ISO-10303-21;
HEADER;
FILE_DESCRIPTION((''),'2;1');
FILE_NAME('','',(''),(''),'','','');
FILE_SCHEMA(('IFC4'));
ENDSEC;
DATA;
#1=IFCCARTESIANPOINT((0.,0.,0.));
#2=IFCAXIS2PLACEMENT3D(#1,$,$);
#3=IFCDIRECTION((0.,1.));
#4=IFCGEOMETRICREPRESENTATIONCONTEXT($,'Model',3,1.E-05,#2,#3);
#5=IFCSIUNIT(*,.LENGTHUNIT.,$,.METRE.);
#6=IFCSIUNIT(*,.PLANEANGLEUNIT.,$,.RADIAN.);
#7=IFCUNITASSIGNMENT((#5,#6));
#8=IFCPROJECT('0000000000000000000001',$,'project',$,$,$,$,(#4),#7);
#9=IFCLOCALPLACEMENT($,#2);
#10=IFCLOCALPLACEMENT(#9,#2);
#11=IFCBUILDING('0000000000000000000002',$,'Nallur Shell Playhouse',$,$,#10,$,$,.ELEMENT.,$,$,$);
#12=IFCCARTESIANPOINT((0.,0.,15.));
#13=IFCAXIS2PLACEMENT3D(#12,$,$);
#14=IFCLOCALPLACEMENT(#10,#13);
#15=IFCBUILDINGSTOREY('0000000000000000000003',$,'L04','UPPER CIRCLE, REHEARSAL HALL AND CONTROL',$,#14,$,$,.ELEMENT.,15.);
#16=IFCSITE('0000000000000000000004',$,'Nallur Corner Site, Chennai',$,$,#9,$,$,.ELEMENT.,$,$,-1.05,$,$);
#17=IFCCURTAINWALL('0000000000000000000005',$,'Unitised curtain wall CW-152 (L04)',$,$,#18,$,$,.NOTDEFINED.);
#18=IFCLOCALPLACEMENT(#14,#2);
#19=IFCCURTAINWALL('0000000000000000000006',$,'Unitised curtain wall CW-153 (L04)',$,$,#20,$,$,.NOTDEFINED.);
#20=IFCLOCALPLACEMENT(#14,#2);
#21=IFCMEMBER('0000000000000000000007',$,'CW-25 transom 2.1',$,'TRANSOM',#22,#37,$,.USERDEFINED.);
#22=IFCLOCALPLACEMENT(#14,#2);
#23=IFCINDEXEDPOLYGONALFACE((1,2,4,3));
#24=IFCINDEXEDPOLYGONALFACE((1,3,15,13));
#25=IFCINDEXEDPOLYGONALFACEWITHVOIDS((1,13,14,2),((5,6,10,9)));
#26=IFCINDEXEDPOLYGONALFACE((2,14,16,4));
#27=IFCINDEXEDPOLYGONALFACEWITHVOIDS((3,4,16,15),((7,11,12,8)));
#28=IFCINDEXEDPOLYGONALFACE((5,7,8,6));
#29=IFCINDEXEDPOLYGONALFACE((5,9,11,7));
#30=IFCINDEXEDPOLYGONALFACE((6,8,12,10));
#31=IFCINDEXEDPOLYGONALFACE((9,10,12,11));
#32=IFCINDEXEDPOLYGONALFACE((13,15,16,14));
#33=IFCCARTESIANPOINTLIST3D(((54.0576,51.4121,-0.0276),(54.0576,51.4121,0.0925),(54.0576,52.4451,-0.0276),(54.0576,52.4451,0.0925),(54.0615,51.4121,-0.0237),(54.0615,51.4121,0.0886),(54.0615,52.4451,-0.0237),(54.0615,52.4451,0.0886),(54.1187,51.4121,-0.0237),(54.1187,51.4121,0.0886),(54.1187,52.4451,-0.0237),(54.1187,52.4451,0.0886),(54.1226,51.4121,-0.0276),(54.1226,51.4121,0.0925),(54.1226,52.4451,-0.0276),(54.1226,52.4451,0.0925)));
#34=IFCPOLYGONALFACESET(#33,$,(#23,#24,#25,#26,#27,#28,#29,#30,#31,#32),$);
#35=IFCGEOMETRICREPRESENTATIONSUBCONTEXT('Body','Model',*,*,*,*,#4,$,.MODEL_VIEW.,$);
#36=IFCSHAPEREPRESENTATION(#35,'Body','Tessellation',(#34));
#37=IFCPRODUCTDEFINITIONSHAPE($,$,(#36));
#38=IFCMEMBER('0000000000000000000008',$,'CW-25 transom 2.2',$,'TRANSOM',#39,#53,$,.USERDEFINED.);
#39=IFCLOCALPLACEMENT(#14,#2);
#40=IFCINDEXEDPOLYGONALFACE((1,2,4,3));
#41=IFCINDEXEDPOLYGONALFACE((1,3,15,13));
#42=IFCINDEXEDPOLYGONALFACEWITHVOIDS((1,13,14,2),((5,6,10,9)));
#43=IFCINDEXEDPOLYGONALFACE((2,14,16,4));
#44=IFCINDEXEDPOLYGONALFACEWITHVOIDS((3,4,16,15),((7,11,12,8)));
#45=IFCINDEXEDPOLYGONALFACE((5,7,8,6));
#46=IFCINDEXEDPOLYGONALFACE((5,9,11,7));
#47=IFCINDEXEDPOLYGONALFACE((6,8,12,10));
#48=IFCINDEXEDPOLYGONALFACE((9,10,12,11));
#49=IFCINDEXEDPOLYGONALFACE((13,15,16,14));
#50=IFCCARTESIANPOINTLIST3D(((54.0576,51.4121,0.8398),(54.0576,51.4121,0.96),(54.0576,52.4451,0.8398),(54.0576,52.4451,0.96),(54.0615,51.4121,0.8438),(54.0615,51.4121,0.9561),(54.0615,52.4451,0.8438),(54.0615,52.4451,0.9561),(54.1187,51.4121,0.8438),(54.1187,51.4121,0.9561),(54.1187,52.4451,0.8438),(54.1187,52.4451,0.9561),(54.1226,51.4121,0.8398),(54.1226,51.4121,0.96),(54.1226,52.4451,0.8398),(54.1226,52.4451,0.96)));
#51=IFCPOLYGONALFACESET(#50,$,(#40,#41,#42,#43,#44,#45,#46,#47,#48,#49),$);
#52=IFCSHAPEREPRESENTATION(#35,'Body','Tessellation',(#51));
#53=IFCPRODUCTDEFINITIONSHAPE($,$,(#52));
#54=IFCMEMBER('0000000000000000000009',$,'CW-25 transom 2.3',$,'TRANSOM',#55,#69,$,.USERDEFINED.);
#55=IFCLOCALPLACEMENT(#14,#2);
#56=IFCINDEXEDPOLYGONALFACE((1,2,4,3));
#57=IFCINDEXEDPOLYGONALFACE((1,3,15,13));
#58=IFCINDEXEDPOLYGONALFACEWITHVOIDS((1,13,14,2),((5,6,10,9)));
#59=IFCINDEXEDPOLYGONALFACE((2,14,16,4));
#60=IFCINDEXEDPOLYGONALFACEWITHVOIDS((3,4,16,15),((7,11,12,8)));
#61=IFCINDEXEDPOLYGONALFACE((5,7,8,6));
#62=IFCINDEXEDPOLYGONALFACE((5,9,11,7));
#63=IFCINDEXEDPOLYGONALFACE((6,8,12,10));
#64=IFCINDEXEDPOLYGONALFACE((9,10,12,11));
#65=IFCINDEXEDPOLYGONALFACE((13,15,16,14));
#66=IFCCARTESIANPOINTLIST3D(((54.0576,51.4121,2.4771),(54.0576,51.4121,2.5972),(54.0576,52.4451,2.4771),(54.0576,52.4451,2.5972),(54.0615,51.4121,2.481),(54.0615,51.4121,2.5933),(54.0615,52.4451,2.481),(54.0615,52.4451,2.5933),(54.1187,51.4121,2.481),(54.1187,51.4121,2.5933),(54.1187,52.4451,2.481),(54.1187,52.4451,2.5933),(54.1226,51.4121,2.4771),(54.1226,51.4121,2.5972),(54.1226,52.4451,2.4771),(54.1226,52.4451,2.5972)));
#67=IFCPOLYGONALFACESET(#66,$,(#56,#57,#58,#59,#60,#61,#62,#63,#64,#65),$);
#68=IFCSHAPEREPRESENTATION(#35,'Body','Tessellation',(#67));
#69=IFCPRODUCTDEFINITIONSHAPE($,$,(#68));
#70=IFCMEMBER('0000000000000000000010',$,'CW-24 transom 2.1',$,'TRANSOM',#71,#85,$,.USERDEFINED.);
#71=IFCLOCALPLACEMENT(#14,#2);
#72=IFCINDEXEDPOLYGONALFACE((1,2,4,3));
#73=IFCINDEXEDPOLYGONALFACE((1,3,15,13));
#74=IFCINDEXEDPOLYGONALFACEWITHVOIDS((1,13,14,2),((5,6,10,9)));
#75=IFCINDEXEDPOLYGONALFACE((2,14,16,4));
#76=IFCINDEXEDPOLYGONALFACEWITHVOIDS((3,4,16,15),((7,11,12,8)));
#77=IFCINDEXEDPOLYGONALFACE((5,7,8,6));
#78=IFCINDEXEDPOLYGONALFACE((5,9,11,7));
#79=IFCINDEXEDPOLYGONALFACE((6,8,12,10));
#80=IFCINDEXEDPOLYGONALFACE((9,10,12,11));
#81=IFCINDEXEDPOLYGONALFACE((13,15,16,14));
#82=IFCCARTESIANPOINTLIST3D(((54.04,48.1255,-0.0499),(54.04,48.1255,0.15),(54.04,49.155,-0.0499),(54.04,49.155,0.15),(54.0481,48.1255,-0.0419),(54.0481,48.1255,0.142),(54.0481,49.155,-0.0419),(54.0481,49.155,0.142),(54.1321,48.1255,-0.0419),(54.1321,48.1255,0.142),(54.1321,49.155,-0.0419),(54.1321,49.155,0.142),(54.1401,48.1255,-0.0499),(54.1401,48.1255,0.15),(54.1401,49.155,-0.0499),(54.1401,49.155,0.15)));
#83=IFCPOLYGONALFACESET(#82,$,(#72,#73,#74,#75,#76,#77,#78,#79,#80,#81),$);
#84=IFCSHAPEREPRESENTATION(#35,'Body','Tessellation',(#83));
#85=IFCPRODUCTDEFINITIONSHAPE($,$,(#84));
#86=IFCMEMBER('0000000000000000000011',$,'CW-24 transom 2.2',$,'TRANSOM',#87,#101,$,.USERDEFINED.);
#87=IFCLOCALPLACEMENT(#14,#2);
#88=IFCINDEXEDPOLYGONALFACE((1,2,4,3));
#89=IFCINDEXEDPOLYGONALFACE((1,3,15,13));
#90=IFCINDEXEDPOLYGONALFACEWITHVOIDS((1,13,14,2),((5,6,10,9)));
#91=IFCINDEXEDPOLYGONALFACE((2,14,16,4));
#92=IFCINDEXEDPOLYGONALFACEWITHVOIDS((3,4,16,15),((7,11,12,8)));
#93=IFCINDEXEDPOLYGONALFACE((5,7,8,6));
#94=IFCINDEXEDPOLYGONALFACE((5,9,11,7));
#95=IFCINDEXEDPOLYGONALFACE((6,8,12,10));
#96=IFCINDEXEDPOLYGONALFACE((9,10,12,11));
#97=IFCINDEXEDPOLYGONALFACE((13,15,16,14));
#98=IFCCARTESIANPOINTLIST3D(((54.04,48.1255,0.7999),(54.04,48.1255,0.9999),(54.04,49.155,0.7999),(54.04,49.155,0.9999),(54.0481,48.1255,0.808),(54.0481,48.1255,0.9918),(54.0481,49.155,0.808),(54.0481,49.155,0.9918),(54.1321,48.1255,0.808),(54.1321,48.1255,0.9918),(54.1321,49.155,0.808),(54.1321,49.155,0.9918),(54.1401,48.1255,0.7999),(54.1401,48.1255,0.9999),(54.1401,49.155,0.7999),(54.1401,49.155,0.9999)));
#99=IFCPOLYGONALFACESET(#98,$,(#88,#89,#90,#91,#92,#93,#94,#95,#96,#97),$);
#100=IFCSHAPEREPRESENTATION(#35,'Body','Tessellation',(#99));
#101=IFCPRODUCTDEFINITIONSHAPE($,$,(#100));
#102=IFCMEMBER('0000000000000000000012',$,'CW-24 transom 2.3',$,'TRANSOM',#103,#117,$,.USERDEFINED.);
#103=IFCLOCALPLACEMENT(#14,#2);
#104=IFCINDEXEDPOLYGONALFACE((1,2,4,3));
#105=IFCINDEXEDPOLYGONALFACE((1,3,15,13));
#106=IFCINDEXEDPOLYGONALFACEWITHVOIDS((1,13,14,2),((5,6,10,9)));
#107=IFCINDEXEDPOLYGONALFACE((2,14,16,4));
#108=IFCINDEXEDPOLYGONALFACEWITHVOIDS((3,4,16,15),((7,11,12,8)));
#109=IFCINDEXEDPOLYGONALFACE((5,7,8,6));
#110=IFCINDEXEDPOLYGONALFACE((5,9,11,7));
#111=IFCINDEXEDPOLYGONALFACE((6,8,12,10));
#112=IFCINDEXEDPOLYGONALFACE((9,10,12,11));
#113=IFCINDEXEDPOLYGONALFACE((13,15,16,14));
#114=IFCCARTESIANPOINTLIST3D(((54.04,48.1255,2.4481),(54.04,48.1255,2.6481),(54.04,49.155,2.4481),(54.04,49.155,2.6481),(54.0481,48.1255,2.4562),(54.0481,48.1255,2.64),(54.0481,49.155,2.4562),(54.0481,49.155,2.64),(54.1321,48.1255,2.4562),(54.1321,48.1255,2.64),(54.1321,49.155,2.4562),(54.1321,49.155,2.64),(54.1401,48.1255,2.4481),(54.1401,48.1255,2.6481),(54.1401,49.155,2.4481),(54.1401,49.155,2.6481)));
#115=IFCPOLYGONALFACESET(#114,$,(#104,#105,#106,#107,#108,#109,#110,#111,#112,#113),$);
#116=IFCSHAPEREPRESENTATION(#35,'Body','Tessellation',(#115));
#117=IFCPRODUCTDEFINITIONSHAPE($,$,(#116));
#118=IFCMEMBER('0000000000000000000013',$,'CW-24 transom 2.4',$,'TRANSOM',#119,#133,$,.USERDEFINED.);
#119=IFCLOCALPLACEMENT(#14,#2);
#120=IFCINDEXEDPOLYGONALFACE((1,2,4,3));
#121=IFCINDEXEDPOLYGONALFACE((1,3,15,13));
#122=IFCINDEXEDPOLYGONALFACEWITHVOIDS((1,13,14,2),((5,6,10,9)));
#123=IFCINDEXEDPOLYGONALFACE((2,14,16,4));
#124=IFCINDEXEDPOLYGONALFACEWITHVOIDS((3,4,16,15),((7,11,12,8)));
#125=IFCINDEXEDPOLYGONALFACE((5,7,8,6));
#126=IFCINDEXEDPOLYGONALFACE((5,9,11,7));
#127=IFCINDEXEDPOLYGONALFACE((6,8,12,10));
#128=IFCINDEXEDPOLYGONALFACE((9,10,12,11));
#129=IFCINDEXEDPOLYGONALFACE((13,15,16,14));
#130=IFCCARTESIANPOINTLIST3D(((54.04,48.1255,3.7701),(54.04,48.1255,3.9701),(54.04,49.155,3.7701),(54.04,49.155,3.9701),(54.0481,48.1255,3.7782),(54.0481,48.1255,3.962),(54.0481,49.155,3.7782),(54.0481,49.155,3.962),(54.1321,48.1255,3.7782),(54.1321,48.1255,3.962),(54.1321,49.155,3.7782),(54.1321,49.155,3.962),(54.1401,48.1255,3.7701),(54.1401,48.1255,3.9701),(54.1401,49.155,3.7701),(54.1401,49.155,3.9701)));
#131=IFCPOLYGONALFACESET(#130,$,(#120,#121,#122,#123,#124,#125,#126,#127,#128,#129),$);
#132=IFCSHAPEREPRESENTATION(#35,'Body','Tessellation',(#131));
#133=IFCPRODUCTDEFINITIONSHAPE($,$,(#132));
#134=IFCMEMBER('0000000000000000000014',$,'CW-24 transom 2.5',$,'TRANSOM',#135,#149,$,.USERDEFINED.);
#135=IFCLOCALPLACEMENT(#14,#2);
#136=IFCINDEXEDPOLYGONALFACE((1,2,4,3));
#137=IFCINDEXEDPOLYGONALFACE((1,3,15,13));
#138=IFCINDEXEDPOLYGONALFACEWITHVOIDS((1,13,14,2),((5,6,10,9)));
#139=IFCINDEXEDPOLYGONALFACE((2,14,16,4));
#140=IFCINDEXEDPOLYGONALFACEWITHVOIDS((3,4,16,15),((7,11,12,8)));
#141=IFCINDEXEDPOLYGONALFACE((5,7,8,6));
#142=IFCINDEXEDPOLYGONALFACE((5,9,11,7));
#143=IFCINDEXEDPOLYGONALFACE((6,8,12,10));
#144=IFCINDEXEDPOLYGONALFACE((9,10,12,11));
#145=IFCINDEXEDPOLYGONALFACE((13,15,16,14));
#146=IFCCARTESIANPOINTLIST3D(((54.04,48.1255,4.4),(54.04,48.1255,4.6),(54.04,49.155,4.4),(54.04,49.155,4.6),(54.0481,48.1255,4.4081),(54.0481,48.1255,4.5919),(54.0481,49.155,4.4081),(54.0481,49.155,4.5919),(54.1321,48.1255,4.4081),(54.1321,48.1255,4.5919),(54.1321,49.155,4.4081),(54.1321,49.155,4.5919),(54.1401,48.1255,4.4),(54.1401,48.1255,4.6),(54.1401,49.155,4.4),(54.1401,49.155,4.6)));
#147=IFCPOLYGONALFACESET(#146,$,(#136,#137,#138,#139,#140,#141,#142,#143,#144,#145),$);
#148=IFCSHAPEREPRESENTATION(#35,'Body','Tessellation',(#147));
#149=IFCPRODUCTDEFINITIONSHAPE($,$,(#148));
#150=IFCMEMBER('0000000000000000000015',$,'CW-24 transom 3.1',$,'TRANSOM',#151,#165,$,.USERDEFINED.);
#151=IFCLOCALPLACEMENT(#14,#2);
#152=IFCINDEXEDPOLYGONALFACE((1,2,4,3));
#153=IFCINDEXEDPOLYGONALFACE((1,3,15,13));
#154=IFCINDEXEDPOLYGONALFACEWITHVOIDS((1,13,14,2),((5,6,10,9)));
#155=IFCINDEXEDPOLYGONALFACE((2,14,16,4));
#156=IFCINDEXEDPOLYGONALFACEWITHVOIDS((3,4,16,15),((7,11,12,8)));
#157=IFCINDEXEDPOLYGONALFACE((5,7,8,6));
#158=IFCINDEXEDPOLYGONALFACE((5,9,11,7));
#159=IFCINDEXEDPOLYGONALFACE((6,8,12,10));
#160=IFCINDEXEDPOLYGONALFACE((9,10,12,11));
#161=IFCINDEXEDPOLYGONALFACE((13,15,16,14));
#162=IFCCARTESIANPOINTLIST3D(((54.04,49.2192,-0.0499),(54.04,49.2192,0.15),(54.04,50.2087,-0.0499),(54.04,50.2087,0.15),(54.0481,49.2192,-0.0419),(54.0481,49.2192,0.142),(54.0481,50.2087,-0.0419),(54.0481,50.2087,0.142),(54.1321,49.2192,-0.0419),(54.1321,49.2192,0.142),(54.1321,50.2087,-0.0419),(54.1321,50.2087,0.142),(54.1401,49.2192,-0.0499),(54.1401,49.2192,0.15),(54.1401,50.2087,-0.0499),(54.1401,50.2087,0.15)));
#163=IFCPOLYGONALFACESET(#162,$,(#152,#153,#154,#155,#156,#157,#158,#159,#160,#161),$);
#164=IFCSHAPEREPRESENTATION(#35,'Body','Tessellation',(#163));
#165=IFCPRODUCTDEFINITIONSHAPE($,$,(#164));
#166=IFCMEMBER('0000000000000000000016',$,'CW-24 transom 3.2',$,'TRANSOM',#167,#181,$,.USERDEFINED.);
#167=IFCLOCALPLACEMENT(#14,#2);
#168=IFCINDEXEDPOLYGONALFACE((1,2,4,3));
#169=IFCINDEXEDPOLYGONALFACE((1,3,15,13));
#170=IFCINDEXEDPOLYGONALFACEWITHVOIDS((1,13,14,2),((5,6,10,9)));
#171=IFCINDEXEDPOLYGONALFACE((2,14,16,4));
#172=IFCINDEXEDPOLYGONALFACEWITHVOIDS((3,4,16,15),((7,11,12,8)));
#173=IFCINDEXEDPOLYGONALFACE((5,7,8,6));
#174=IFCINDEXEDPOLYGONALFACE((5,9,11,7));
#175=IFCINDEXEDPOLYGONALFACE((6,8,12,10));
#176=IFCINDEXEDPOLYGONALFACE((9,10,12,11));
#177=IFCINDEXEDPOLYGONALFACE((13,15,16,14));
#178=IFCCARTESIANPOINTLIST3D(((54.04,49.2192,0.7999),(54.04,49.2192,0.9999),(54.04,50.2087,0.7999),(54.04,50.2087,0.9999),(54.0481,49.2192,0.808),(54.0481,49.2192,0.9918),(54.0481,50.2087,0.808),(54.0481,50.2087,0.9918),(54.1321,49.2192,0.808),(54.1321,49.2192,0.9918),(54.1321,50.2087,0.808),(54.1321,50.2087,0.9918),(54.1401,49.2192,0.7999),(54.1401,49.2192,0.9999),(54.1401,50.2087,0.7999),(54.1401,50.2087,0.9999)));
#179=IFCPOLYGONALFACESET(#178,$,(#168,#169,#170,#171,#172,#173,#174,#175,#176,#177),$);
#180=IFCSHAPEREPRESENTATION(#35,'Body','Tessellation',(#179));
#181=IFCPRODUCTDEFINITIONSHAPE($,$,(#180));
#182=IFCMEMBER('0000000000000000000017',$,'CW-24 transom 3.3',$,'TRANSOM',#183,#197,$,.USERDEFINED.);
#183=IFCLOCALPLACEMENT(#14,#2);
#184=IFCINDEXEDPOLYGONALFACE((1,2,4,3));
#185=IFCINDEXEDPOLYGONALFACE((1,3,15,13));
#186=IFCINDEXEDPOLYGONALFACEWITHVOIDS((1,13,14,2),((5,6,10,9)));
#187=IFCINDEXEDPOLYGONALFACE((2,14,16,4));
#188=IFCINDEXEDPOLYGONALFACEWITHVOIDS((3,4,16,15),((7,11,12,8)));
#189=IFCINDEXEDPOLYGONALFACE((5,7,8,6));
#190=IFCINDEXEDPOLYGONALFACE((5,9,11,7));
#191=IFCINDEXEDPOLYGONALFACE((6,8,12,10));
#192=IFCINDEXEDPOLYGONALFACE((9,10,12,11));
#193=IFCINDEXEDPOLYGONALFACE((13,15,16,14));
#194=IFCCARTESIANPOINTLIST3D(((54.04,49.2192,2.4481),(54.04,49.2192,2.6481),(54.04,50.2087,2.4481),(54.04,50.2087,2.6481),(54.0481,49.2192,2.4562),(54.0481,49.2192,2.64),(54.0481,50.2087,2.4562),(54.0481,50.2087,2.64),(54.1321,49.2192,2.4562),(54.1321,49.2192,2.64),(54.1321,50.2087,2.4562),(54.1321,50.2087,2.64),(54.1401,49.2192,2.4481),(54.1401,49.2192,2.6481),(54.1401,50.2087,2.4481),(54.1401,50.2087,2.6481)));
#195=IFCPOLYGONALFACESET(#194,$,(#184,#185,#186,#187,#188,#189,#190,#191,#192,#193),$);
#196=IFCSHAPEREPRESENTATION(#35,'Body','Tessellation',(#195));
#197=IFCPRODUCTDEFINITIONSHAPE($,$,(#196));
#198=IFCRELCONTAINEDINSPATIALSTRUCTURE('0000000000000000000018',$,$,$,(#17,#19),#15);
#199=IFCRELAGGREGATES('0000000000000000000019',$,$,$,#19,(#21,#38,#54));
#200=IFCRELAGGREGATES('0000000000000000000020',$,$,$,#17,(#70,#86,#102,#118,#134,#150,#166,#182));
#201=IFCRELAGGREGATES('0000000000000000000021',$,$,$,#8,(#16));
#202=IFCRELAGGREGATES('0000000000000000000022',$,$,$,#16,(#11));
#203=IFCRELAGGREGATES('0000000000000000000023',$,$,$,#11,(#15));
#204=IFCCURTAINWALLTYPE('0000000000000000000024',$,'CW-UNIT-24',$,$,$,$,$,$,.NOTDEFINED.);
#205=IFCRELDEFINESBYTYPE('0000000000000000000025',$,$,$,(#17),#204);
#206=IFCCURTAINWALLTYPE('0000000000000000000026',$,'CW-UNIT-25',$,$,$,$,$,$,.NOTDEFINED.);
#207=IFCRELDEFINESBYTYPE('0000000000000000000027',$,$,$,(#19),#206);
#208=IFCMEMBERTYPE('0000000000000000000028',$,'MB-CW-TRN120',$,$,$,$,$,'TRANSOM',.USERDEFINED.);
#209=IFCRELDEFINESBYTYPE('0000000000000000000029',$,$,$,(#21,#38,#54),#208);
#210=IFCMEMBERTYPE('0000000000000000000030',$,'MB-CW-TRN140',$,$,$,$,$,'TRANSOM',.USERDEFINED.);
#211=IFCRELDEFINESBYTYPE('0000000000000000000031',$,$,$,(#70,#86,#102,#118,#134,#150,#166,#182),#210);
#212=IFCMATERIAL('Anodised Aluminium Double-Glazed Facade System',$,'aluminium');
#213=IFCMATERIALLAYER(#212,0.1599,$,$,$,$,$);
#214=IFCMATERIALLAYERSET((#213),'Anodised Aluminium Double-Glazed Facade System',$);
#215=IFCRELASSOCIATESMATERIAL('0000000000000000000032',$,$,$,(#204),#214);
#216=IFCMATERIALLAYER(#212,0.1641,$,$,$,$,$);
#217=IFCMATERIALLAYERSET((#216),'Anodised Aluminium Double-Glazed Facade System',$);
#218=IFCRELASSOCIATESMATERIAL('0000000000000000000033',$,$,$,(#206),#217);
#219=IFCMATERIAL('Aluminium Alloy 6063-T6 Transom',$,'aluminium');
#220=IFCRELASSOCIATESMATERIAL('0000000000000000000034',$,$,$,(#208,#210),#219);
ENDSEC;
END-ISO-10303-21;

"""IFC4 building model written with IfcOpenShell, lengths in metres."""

from ifc_helpers import new_model, si_unit, direction, frame, origin, origin_2d, place, context, subcontext, project, spatial, hollow_rectangle, extrude, material, layer, layer_set, material_profile, profile_set, type_object, element, aggregate, save


model = new_model("IFC4")

# Units and contexts
model_context = context("Model", 3, precision=1e-05, world=origin(), true_north=direction((0.0, 1.0)))
body_context = subcontext(model_context, "Body", "Model", "MODEL_VIEW")
ifc_project = project(units=[si_unit("LENGTHUNIT", "METRE"), si_unit("PLANEANGLEUNIT", "RADIAN")], contexts=[model_context])

# Site, building, storey
site_placement = place(None, origin())
site = spatial("IfcSite", under=ifc_project, at=site_placement, Name="Nallur Corner Site, Chennai", CompositionType="ELEMENT", RefElevation=-1.05)
building_placement = place(site_placement, origin())
building = spatial("IfcBuilding", under=site, at=building_placement, Name="Nallur Shell Playhouse", CompositionType="ELEMENT")
storey_placement = place(building_placement, frame((0.0, 0.0, 15.0)))
storey = spatial("IfcBuildingStorey", under=building, at=storey_placement, Name="L04", Description="UPPER CIRCLE, REHEARSAL HALL AND CONTROL", CompositionType="ELEMENT", Elevation=15.0)

# Curtain walls, members
ifc_material_1 = material(Name="Anodised Aluminium Double-Glazed Facade System", Category="aluminium")
ifc_layer_1 = layer(ifc_material_1, 0.1599)
ifc_layer_set_1 = layer_set([ifc_layer_1], Name="Anodised Aluminium Double-Glazed Facade System")
curtain_wall_type_1 = type_object("IfcCurtainWallType", Name="CW-UNIT-24", PredefinedType="NOTDEFINED", material=ifc_layer_set_1)
curtain_wall_1_placement = place(storey_placement, origin())
curtain_wall_1 = element("IfcCurtainWall", 1, at=curtain_wall_1_placement, inside=storey, type_object=curtain_wall_type_1, Name="Unitised curtain wall CW-152 (L04)", PredefinedType="NOTDEFINED")
ifc_layer_2 = layer(ifc_material_1, 0.1641)
ifc_layer_set_2 = layer_set([ifc_layer_2], Name="Anodised Aluminium Double-Glazed Facade System")
curtain_wall_type_2 = type_object("IfcCurtainWallType", Name="CW-UNIT-25", PredefinedType="NOTDEFINED", material=ifc_layer_set_2)
curtain_wall_2_placement = place(storey_placement, origin())
curtain_wall_2 = element("IfcCurtainWall", 2, at=curtain_wall_2_placement, inside=storey, type_object=curtain_wall_type_2, Name="Unitised curtain wall CW-153 (L04)", PredefinedType="NOTDEFINED")
ifc_material_2 = material(Name="Aluminium Alloy 6063-T6 Transom", Category="aluminium")
ifc_material_profile_1 = material_profile(ifc_material_2, hollow_rectangle(XDim=0.0649, YDim=0.1201, WallThickness=0.0039, at=origin_2d()), Name="ALU 65x120x4")
ifc_profile_set_1 = profile_set([ifc_material_profile_1], Name="Aluminium Alloy 6063-T6 Transom")
member_type_1 = type_object("IfcMemberType", Name="MB-CW-TRN120", ElementType="TRANSOM", PredefinedType="USERDEFINED", material=ifc_profile_set_1)
member_1_placement = place(storey_placement, frame((54.0901, 51.4121, 0.0325), z_axis=(0.0, 1.0, 0.0), x_axis=(-1.0, 0.0, 0.0)))
member_1 = element("IfcMember", 3, at=member_1_placement, type_object=member_type_1, Name="CW-25 transom 2.1", ObjectType="TRANSOM", PredefinedType="USERDEFINED", context=body_context, shape_type="SweptSolid", body=[
    extrude(hollow_rectangle(XDim=0.0649, YDim=0.1201, WallThickness=0.0039, at=origin_2d()), origin(), (0.0, 0.0, 1.0), 1.033),
])
member_2_placement = place(storey_placement, frame((54.0901, 51.4121, 0.8999), z_axis=(0.0, 1.0, 0.0), x_axis=(-1.0, 0.0, 0.0)))
member_2 = element("IfcMember", 4, at=member_2_placement, type_object=member_type_1, Name="CW-25 transom 2.2", ObjectType="TRANSOM", PredefinedType="USERDEFINED", context=body_context, shape_type="SweptSolid", body=[
    extrude(hollow_rectangle(XDim=0.0649, YDim=0.1201, WallThickness=0.0039, at=origin_2d()), origin(), (0.0, 0.0, 1.0), 1.033),
])
member_3_placement = place(storey_placement, frame((54.0901, 51.4121, 2.5371), z_axis=(0.0, 1.0, 0.0), x_axis=(-1.0, 0.0, 0.0)))
member_3 = element("IfcMember", 5, at=member_3_placement, type_object=member_type_1, Name="CW-25 transom 2.3", ObjectType="TRANSOM", PredefinedType="USERDEFINED", context=body_context, shape_type="SweptSolid", body=[
    extrude(hollow_rectangle(XDim=0.0649, YDim=0.1201, WallThickness=0.0039, at=origin_2d()), origin(), (0.0, 0.0, 1.0), 1.033),
])

# Members
ifc_material_profile_2 = material_profile(ifc_material_2, hollow_rectangle(XDim=0.1001, YDim=0.2, WallThickness=0.0081, at=origin_2d()), Name="RHS 200x100x8")
ifc_profile_set_2 = profile_set([ifc_material_profile_2], Name="Aluminium Alloy 6063-T6 Transom")
member_type_2 = type_object("IfcMemberType", Name="MB-CW-TRN140", ElementType="TRANSOM", PredefinedType="USERDEFINED", material=ifc_profile_set_2)
member_4_placement = place(storey_placement, frame((54.0901, 48.1255, 0.05), z_axis=(0.0, 1.0, 0.0), x_axis=(-1.0, 0.0, 0.0)))
member_4 = element("IfcMember", 6, at=member_4_placement, type_object=member_type_2, Name="CW-24 transom 2.1", ObjectType="TRANSOM", PredefinedType="USERDEFINED", context=body_context, shape_type="SweptSolid", body=[
    extrude(hollow_rectangle(XDim=0.1001, YDim=0.2, WallThickness=0.0081, at=origin_2d()), origin(), (0.0, 0.0, 1.0), 1.0295),
])
member_5_placement = place(storey_placement, frame((54.0901, 48.1255, 0.8999), z_axis=(0.0, 1.0, 0.0), x_axis=(-1.0, 0.0, 0.0)))
member_5 = element("IfcMember", 7, at=member_5_placement, type_object=member_type_2, Name="CW-24 transom 2.2", ObjectType="TRANSOM", PredefinedType="USERDEFINED", context=body_context, shape_type="SweptSolid", body=[
    extrude(hollow_rectangle(XDim=0.1001, YDim=0.2, WallThickness=0.0081, at=origin_2d()), origin(), (0.0, 0.0, 1.0), 1.0295),
])
member_6_placement = place(storey_placement, frame((54.0901, 48.1255, 2.5481), z_axis=(0.0, 1.0, 0.0), x_axis=(-1.0, 0.0, 0.0)))
member_6 = element("IfcMember", 8, at=member_6_placement, type_object=member_type_2, Name="CW-24 transom 2.3", ObjectType="TRANSOM", PredefinedType="USERDEFINED", context=body_context, shape_type="SweptSolid", body=[
    extrude(hollow_rectangle(XDim=0.1001, YDim=0.2, WallThickness=0.0081, at=origin_2d()), origin(), (0.0, 0.0, 1.0), 1.0295),
])
member_7_placement = place(storey_placement, frame((54.0901, 48.1255, 3.8701), z_axis=(0.0, 1.0, 0.0), x_axis=(-1.0, 0.0, 0.0)))
member_7 = element("IfcMember", 9, at=member_7_placement, type_object=member_type_2, Name="CW-24 transom 2.4", ObjectType="TRANSOM", PredefinedType="USERDEFINED", context=body_context, shape_type="SweptSolid", body=[
    extrude(hollow_rectangle(XDim=0.1001, YDim=0.2, WallThickness=0.0081, at=origin_2d()), origin(), (0.0, 0.0, 1.0), 1.0295),
])
member_8_placement = place(storey_placement, frame((54.0901, 48.1255, 4.5), z_axis=(0.0, 1.0, 0.0), x_axis=(-1.0, 0.0, 0.0)))
member_8 = element("IfcMember", 10, at=member_8_placement, type_object=member_type_2, Name="CW-24 transom 2.5", ObjectType="TRANSOM", PredefinedType="USERDEFINED", context=body_context, shape_type="SweptSolid", body=[
    extrude(hollow_rectangle(XDim=0.1001, YDim=0.2, WallThickness=0.0081, at=origin_2d()), origin(), (0.0, 0.0, 1.0), 1.0295),
])
member_9_placement = place(storey_placement, frame((54.0901, 49.2192, 0.05), z_axis=(0.0, 1.0, 0.0), x_axis=(-1.0, 0.0, 0.0)))
member_9 = element("IfcMember", 11, at=member_9_placement, type_object=member_type_2, Name="CW-24 transom 3.1", ObjectType="TRANSOM", PredefinedType="USERDEFINED", context=body_context, shape_type="SweptSolid", body=[
    extrude(hollow_rectangle(XDim=0.1001, YDim=0.2, WallThickness=0.0081, at=origin_2d()), origin(), (0.0, 0.0, 1.0), 0.9895),
])
member_10_placement = place(storey_placement, frame((54.0901, 49.2192, 0.8999), z_axis=(0.0, 1.0, 0.0), x_axis=(-1.0, 0.0, 0.0)))
member_10 = element("IfcMember", 12, at=member_10_placement, type_object=member_type_2, Name="CW-24 transom 3.2", ObjectType="TRANSOM", PredefinedType="USERDEFINED", context=body_context, shape_type="SweptSolid", body=[
    extrude(hollow_rectangle(XDim=0.1001, YDim=0.2, WallThickness=0.0081, at=origin_2d()), origin(), (0.0, 0.0, 1.0), 0.9895),
])
member_11_placement = place(storey_placement, frame((54.0901, 49.2192, 2.5481), z_axis=(0.0, 1.0, 0.0), x_axis=(-1.0, 0.0, 0.0)))
member_11 = element("IfcMember", 13, at=member_11_placement, type_object=member_type_2, Name="CW-24 transom 3.3", ObjectType="TRANSOM", PredefinedType="USERDEFINED", context=body_context, shape_type="SweptSolid", body=[
    extrude(hollow_rectangle(XDim=0.1001, YDim=0.2, WallThickness=0.0081, at=origin_2d()), origin(), (0.0, 0.0, 1.0), 0.9895),
])

aggregate(curtain_wall_2, [member_1, member_2, member_3])
aggregate(curtain_wall_1, [member_4, member_5, member_6, member_7, member_8, member_9, member_10, member_11])

save(model, "model.ifc")
